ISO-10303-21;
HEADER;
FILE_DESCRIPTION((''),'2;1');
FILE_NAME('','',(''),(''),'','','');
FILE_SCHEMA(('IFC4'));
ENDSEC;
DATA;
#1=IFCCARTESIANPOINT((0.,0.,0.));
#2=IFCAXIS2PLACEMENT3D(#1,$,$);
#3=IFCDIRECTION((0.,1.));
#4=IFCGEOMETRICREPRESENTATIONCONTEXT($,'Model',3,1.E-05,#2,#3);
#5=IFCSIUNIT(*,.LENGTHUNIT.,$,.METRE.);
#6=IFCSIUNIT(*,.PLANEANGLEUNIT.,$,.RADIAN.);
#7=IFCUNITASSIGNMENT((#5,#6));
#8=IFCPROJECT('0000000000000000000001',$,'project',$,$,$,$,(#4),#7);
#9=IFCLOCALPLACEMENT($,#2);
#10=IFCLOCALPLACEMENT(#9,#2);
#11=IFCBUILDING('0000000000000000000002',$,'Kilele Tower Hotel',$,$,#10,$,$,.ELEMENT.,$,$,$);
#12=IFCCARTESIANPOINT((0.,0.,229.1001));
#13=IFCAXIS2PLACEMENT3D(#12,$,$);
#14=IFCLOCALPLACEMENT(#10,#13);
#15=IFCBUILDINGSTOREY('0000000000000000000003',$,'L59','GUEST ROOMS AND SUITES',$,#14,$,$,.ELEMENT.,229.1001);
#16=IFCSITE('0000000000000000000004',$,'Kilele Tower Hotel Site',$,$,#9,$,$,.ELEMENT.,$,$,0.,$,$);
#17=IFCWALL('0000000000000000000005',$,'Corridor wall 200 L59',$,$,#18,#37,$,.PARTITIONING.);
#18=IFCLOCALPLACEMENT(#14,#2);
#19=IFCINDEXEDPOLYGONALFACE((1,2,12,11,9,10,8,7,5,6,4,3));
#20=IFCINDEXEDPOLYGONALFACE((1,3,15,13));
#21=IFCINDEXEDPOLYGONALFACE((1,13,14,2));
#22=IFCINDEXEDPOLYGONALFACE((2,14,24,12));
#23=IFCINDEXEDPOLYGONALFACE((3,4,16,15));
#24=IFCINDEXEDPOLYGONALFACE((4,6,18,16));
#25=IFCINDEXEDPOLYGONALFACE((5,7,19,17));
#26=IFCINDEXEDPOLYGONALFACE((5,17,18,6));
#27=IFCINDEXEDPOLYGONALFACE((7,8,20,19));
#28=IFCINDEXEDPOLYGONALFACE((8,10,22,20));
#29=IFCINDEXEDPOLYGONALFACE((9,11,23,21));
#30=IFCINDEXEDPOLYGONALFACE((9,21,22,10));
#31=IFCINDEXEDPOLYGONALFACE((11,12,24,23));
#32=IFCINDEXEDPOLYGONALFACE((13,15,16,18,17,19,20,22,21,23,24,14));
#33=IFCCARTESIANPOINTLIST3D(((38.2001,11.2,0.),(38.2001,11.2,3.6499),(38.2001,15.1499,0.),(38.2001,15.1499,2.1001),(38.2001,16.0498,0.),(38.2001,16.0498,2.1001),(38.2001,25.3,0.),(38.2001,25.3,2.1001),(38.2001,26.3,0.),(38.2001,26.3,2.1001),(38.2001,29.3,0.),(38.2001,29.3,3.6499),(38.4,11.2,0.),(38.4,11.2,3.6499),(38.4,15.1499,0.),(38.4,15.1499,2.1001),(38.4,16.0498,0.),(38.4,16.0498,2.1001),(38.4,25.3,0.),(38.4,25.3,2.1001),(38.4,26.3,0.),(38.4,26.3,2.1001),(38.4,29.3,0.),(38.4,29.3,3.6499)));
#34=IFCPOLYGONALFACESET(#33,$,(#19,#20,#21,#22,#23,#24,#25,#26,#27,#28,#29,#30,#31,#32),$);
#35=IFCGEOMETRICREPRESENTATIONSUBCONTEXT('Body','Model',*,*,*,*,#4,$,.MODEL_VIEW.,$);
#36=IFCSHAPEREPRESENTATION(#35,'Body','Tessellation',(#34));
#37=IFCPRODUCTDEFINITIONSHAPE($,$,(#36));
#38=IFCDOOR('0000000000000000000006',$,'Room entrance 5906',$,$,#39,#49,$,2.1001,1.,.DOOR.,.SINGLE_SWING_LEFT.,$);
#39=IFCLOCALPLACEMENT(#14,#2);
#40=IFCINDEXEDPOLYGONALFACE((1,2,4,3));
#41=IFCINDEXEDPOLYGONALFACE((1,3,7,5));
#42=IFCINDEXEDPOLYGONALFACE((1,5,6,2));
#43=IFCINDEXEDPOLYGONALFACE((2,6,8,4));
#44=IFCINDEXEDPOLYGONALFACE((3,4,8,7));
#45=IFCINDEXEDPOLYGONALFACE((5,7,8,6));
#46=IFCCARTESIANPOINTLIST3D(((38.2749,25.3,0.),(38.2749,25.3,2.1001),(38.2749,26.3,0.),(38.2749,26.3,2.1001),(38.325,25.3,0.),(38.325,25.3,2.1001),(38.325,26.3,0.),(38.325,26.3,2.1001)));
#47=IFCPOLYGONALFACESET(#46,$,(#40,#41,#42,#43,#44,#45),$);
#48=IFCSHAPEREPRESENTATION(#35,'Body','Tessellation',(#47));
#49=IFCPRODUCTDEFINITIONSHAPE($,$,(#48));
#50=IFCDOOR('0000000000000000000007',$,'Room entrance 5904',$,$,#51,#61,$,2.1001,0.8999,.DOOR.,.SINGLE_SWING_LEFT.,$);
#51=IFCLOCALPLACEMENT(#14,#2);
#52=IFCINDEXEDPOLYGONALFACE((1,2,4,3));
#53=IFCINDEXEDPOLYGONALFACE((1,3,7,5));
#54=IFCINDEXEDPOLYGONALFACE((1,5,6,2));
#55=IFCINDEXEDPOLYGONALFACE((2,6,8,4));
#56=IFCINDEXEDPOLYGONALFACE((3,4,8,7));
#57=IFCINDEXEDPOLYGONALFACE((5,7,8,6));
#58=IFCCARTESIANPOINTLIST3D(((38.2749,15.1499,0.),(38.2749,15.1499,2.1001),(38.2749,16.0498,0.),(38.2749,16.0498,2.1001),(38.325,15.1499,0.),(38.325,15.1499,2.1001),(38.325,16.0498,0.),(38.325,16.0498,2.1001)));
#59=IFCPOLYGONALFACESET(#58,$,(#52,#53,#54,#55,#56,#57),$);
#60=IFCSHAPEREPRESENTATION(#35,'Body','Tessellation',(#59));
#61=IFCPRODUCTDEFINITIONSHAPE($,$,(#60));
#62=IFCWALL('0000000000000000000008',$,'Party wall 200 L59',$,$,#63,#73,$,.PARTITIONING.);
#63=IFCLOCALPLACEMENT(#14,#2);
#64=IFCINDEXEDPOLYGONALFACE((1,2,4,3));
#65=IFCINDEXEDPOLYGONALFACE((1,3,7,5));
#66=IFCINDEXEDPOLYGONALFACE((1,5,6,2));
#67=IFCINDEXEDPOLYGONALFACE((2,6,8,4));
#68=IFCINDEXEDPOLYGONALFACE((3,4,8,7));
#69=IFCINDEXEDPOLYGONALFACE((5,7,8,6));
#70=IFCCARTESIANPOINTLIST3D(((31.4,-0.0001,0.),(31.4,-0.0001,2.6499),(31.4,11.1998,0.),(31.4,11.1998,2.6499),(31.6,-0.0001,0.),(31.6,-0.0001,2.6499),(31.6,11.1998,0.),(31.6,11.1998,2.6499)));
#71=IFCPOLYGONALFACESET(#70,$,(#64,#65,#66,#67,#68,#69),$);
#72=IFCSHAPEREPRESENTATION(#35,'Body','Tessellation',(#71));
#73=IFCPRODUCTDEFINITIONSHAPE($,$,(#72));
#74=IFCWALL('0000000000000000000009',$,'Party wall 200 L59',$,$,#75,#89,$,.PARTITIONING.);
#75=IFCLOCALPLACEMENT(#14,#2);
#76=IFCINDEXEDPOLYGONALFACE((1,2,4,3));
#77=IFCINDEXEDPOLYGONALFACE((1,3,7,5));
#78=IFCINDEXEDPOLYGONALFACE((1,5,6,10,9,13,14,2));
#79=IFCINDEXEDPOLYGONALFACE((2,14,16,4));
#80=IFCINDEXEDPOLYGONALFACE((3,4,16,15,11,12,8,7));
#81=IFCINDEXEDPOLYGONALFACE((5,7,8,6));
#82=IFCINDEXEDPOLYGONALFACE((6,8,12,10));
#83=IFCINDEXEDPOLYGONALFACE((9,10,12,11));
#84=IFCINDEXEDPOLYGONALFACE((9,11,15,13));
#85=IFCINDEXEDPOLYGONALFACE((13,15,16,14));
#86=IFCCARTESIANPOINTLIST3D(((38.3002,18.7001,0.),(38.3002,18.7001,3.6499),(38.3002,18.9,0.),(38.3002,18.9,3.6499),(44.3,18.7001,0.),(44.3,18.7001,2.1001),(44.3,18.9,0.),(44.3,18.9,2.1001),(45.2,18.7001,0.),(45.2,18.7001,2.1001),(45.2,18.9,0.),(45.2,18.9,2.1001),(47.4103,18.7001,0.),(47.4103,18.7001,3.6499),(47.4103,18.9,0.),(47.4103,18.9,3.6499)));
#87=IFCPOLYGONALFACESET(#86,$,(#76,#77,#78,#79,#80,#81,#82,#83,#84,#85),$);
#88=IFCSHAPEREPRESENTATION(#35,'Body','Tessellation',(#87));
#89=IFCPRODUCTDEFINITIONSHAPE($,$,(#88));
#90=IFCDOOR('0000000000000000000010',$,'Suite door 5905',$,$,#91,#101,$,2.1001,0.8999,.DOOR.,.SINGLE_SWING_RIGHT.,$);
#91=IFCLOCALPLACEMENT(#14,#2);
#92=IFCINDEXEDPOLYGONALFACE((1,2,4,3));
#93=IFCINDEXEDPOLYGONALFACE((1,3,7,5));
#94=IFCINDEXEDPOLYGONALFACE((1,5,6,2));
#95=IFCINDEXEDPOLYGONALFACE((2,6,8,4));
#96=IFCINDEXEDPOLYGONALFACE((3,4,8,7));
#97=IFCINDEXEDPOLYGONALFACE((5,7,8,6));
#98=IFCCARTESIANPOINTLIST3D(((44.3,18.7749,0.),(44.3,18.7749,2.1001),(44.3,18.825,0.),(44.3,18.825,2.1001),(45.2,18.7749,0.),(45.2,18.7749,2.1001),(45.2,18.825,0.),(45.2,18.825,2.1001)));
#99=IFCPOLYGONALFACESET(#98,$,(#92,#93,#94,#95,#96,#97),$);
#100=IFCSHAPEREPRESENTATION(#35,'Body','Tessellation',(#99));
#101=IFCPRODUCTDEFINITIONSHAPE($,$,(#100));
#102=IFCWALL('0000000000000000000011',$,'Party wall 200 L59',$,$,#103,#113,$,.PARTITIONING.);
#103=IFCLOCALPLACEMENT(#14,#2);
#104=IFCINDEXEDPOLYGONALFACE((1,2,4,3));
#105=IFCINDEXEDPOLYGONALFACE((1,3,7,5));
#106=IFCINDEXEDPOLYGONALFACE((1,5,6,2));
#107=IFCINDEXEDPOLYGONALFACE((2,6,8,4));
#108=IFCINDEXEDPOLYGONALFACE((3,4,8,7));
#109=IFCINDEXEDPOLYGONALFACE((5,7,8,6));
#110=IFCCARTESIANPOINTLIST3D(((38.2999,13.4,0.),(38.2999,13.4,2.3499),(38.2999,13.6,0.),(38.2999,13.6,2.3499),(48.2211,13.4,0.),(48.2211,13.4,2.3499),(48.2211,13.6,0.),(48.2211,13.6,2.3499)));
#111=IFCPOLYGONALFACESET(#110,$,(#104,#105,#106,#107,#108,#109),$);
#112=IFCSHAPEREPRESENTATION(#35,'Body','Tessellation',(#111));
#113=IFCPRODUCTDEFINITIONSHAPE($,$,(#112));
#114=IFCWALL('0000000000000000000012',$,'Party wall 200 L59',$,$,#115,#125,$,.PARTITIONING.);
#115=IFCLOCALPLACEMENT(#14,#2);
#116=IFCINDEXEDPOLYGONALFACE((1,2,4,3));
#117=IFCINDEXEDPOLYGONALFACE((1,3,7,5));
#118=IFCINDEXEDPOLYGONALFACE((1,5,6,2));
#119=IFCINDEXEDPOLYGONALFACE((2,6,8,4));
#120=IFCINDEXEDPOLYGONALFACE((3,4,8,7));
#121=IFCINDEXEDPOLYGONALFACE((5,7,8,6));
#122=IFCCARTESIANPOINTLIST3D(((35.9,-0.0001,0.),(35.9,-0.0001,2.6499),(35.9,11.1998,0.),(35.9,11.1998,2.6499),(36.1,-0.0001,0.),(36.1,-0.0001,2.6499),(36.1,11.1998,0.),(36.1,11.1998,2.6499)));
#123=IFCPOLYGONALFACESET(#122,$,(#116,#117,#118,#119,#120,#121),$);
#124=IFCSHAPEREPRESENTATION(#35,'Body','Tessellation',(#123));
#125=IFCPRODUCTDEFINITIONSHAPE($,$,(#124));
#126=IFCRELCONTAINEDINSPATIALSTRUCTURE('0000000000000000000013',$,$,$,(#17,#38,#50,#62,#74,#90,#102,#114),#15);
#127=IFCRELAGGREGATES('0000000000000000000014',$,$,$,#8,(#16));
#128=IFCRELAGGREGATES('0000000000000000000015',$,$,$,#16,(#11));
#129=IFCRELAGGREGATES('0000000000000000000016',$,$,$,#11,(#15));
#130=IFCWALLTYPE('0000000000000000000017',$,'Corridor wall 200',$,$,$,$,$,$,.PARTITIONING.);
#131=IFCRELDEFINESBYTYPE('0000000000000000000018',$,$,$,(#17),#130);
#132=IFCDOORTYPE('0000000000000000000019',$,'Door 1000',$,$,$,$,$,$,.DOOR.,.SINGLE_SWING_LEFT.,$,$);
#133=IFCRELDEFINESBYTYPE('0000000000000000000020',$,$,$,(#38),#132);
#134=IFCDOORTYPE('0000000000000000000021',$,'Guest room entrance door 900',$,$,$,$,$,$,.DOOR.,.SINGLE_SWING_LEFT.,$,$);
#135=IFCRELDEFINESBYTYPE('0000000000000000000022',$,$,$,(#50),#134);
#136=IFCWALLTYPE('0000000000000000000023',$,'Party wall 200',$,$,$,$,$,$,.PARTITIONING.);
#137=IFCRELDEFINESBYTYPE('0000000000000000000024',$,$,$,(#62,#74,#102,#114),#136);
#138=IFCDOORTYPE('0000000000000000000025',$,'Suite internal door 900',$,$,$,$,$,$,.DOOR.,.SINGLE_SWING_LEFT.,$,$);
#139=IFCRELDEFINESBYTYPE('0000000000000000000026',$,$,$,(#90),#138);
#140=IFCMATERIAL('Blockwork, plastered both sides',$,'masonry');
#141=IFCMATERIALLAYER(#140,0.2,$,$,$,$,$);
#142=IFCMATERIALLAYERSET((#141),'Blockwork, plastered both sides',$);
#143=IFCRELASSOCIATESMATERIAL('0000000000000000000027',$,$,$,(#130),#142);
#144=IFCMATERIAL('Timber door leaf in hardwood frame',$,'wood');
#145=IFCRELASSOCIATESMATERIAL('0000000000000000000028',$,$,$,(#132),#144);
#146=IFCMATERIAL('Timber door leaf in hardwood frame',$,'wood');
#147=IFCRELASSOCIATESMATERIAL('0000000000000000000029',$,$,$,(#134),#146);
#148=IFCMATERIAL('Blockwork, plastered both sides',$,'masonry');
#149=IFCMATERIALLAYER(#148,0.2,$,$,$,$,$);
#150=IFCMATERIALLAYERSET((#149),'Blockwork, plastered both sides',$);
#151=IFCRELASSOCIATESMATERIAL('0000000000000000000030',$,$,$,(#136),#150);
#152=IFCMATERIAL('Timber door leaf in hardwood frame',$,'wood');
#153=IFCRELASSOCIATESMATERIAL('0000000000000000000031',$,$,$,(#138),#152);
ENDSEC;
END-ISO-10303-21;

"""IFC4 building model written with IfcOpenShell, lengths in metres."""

from ifc_helpers import new_model, si_unit, direction, frame, frame_2d, origin, place, context, subcontext, project, spatial, rectangle, extrude, material, layer, layer_set, type_object, element, fill, save


model = new_model("IFC4")

# Units and contexts
model_context = context("Model", 3, precision=1e-05, world=origin(), true_north=direction((0.0, 1.0)))
body_context = subcontext(model_context, "Body", "Model", "MODEL_VIEW")
ifc_project = project(units=[si_unit("LENGTHUNIT", "METRE"), si_unit("PLANEANGLEUNIT", "RADIAN")], contexts=[model_context])

# Site, building, storey
site_placement = place(None, origin())
site = spatial("IfcSite", under=ifc_project, at=site_placement, Name="Kilele Tower Hotel Site", CompositionType="ELEMENT", RefElevation=0.0)
building_placement = place(site_placement, origin())
building = spatial("IfcBuilding", under=site, at=building_placement, Name="Kilele Tower Hotel", CompositionType="ELEMENT")
storey_placement = place(building_placement, frame((0.0, 0.0, 229.1001)))
storey = spatial("IfcBuildingStorey", under=building, at=storey_placement, Name="L59", Description="GUEST ROOMS AND SUITES", CompositionType="ELEMENT", Elevation=229.1001)

# Wall, openings, doors
ifc_material_1 = material(Name="Blockwork, plastered both sides", Category="masonry")
ifc_layer_1 = layer(ifc_material_1, 0.2)
ifc_layer_set_1 = layer_set([ifc_layer_1], Name="Blockwork, plastered both sides")
wall_type_1 = type_object("IfcWallType", Name="Corridor wall 200", PredefinedType="PARTITIONING", material=ifc_layer_set_1)
wall_1_placement = place(storey_placement, frame((38.3, 11.2, 0.0), z_axis=(0.0, 0.0, 1.0), x_axis=(0.0, 1.0, 0.0)))
wall_1 = element("IfcWall", 1, at=wall_1_placement, inside=storey, type_object=wall_type_1, Name="Corridor wall 200 L59", PredefinedType="PARTITIONING", context=body_context, shape_type="SweptSolid", body=[
    extrude(rectangle(XDim=18.1001, YDim=0.2, at=frame_2d((9.05, 0.0))), origin(), (0.0, 0.0, 1.0), 3.6499),
])
opening_1_placement = place(wall_1_placement, frame((4.8499, 0.0, 0.0), z_axis=(0.0, 0.0, 1.0), x_axis=(-1.0, 0.0, 0.0)))
opening_1 = element("IfcOpeningElement", 2, at=opening_1_placement, cuts=wall_1, PredefinedType="OPENING", context=body_context, shape_type="SweptSolid", body=[
    extrude(rectangle(XDim=0.8999, YDim=2.1001, at=frame_2d((0.45, 1.05))), frame((0.0, 0.1099, 0.0), z_axis=(0.0, -1.0, 0.0), x_axis=(1.0, 0.0, 0.0)), (0.0, 0.0, 1.0), 0.22),
])
opening_2_placement = place(wall_1_placement, frame((15.1001, 0.0, 0.0), z_axis=(0.0, 0.0, 1.0), x_axis=(-1.0, 0.0, 0.0)))
opening_2 = element("IfcOpeningElement", 3, at=opening_2_placement, cuts=wall_1, PredefinedType="OPENING", context=body_context, shape_type="SweptSolid", body=[
    extrude(rectangle(XDim=1.0, YDim=2.1001, at=frame_2d((0.5, 1.05))), frame((0.0, 0.1099, 0.0), z_axis=(0.0, -1.0, 0.0), x_axis=(1.0, 0.0, 0.0)), (0.0, 0.0, 1.0), 0.22),
])
ifc_material_2 = material(Name="Timber door leaf in hardwood frame", Category="wood")
door_type_1 = type_object("IfcDoorType", Name="Door 1000", OperationType="SINGLE_SWING_LEFT", PredefinedType="DOOR", material=ifc_material_2)
door_1_placement = place(opening_2_placement, origin())
door_1 = element("IfcDoor", 4, at=door_1_placement, inside=storey, type_object=door_type_1, Name="Room entrance 5906", OperationType="SINGLE_SWING_LEFT", OverallHeight=2.1001, OverallWidth=1.0, PredefinedType="DOOR", context=body_context, shape_type="SweptSolid", body=[
    extrude(rectangle(XDim=1.0, YDim=2.1001, at=frame_2d((0.5, 1.05))), frame((0.0, 0.0249, 0.0), z_axis=(0.0, -1.0, 0.0), x_axis=(1.0, 0.0, 0.0)), (0.0, 0.0, 1.0), 0.05),
])
fill(opening_2, door_1)
ifc_material_3 = material(Name="Timber door leaf in hardwood frame", Category="wood")
door_type_2 = type_object("IfcDoorType", Name="Guest room entrance door 900", OperationType="SINGLE_SWING_LEFT", PredefinedType="DOOR", material=ifc_material_3)
door_2_placement = place(opening_1_placement, origin())
door_2 = element("IfcDoor", 5, at=door_2_placement, inside=storey, type_object=door_type_2, Name="Room entrance 5904", OperationType="SINGLE_SWING_LEFT", OverallHeight=2.1001, OverallWidth=0.8999, PredefinedType="DOOR", context=body_context, shape_type="SweptSolid", body=[
    extrude(rectangle(XDim=0.8999, YDim=2.1001, at=frame_2d((0.45, 1.05))), frame((0.0, 0.0249, 0.0), z_axis=(0.0, -1.0, 0.0), x_axis=(1.0, 0.0, 0.0)), (0.0, 0.0, 1.0), 0.05),
])
fill(opening_1, door_2)

# Wall
ifc_material_4 = material(Name="Blockwork, plastered both sides", Category="masonry")
ifc_layer_2 = layer(ifc_material_4, 0.2)
ifc_layer_set_2 = layer_set([ifc_layer_2], Name="Blockwork, plastered both sides")
wall_type_2 = type_object("IfcWallType", Name="Party wall 200", PredefinedType="PARTITIONING", material=ifc_layer_set_2)
wall_2_placement = place(storey_placement, frame((31.5, 11.2, 0.0), z_axis=(0.0, 0.0, 1.0), x_axis=(0.0, -1.0, 0.0)))
element("IfcWall", 6, at=wall_2_placement, inside=storey, type_object=wall_type_2, Name="Party wall 200 L59", PredefinedType="PARTITIONING", context=body_context, shape_type="SweptSolid", body=[
    extrude(rectangle(XDim=11.2, YDim=0.2, at=frame_2d((5.6001, 0.0))), origin(), (0.0, 0.0, 1.0), 2.6499),
])

# Wall, opening, door
wall_3_placement = place(storey_placement, frame((38.3, 18.8, 0.0), z_axis=(0.0, 0.0, 1.0), x_axis=(1.0, 0.0, 0.0)))
wall_3 = element("IfcWall", 7, at=wall_3_placement, inside=storey, type_object=wall_type_2, Name="Party wall 200 L59", PredefinedType="PARTITIONING", context=body_context, shape_type="SweptSolid", body=[
    extrude(rectangle(XDim=9.1101, YDim=0.2, at=frame_2d((4.5552, 0.0))), origin(), (0.0, 0.0, 1.0), 3.6499),
])
opening_3_placement = place(wall_3_placement, frame((6.0, 0.0, 0.0)))
opening_3 = element("IfcOpeningElement", 8, at=opening_3_placement, cuts=wall_3, PredefinedType="OPENING", context=body_context, shape_type="SweptSolid", body=[
    extrude(rectangle(XDim=0.8999, YDim=2.1001, at=frame_2d((0.45, 1.05))), frame((0.0, 0.1099, 0.0), z_axis=(0.0, -1.0, 0.0), x_axis=(1.0, 0.0, 0.0)), (0.0, 0.0, 1.0), 0.22),
])
ifc_material_5 = material(Name="Timber door leaf in hardwood frame", Category="wood")
door_type_3 = type_object("IfcDoorType", Name="Suite internal door 900", OperationType="SINGLE_SWING_LEFT", PredefinedType="DOOR", material=ifc_material_5)
door_3_placement = place(opening_3_placement, origin())
door_3 = element("IfcDoor", 9, at=door_3_placement, inside=storey, type_object=door_type_3, Name="Suite door 5905", OperationType="SINGLE_SWING_RIGHT", OverallHeight=2.1001, OverallWidth=0.8999, PredefinedType="DOOR", context=body_context, shape_type="SweptSolid", body=[
    extrude(rectangle(XDim=0.8999, YDim=2.1001, at=frame_2d((0.45, 1.05))), frame((0.0, 0.0249, 0.0), z_axis=(0.0, -1.0, 0.0), x_axis=(1.0, 0.0, 0.0)), (0.0, 0.0, 1.0), 0.05),
])
fill(opening_3, door_3)

# Walls
wall_4_placement = place(storey_placement, frame((38.3, 13.5, 0.0), z_axis=(0.0, 0.0, 1.0), x_axis=(1.0, 0.0, 0.0)))
element("IfcWall", 10, at=wall_4_placement, inside=storey, type_object=wall_type_2, Name="Party wall 200 L59", PredefinedType="PARTITIONING", context=body_context, shape_type="SweptSolid", body=[
    extrude(rectangle(XDim=9.9211, YDim=0.2, at=frame_2d((4.9604, 0.0))), origin(), (0.0, 0.0, 1.0), 2.3499),
])
wall_5_placement = place(storey_placement, frame((36.0, 11.2, 0.0), z_axis=(0.0, 0.0, 1.0), x_axis=(0.0, -1.0, 0.0)))
element("IfcWall", 11, at=wall_5_placement, inside=storey, type_object=wall_type_2, Name="Party wall 200 L59", PredefinedType="PARTITIONING", context=body_context, shape_type="SweptSolid", body=[
    extrude(rectangle(XDim=11.2, YDim=0.2, at=frame_2d((5.6001, 0.0))), origin(), (0.0, 0.0, 1.0), 2.6499),
])

save(model, "model.ifc")
